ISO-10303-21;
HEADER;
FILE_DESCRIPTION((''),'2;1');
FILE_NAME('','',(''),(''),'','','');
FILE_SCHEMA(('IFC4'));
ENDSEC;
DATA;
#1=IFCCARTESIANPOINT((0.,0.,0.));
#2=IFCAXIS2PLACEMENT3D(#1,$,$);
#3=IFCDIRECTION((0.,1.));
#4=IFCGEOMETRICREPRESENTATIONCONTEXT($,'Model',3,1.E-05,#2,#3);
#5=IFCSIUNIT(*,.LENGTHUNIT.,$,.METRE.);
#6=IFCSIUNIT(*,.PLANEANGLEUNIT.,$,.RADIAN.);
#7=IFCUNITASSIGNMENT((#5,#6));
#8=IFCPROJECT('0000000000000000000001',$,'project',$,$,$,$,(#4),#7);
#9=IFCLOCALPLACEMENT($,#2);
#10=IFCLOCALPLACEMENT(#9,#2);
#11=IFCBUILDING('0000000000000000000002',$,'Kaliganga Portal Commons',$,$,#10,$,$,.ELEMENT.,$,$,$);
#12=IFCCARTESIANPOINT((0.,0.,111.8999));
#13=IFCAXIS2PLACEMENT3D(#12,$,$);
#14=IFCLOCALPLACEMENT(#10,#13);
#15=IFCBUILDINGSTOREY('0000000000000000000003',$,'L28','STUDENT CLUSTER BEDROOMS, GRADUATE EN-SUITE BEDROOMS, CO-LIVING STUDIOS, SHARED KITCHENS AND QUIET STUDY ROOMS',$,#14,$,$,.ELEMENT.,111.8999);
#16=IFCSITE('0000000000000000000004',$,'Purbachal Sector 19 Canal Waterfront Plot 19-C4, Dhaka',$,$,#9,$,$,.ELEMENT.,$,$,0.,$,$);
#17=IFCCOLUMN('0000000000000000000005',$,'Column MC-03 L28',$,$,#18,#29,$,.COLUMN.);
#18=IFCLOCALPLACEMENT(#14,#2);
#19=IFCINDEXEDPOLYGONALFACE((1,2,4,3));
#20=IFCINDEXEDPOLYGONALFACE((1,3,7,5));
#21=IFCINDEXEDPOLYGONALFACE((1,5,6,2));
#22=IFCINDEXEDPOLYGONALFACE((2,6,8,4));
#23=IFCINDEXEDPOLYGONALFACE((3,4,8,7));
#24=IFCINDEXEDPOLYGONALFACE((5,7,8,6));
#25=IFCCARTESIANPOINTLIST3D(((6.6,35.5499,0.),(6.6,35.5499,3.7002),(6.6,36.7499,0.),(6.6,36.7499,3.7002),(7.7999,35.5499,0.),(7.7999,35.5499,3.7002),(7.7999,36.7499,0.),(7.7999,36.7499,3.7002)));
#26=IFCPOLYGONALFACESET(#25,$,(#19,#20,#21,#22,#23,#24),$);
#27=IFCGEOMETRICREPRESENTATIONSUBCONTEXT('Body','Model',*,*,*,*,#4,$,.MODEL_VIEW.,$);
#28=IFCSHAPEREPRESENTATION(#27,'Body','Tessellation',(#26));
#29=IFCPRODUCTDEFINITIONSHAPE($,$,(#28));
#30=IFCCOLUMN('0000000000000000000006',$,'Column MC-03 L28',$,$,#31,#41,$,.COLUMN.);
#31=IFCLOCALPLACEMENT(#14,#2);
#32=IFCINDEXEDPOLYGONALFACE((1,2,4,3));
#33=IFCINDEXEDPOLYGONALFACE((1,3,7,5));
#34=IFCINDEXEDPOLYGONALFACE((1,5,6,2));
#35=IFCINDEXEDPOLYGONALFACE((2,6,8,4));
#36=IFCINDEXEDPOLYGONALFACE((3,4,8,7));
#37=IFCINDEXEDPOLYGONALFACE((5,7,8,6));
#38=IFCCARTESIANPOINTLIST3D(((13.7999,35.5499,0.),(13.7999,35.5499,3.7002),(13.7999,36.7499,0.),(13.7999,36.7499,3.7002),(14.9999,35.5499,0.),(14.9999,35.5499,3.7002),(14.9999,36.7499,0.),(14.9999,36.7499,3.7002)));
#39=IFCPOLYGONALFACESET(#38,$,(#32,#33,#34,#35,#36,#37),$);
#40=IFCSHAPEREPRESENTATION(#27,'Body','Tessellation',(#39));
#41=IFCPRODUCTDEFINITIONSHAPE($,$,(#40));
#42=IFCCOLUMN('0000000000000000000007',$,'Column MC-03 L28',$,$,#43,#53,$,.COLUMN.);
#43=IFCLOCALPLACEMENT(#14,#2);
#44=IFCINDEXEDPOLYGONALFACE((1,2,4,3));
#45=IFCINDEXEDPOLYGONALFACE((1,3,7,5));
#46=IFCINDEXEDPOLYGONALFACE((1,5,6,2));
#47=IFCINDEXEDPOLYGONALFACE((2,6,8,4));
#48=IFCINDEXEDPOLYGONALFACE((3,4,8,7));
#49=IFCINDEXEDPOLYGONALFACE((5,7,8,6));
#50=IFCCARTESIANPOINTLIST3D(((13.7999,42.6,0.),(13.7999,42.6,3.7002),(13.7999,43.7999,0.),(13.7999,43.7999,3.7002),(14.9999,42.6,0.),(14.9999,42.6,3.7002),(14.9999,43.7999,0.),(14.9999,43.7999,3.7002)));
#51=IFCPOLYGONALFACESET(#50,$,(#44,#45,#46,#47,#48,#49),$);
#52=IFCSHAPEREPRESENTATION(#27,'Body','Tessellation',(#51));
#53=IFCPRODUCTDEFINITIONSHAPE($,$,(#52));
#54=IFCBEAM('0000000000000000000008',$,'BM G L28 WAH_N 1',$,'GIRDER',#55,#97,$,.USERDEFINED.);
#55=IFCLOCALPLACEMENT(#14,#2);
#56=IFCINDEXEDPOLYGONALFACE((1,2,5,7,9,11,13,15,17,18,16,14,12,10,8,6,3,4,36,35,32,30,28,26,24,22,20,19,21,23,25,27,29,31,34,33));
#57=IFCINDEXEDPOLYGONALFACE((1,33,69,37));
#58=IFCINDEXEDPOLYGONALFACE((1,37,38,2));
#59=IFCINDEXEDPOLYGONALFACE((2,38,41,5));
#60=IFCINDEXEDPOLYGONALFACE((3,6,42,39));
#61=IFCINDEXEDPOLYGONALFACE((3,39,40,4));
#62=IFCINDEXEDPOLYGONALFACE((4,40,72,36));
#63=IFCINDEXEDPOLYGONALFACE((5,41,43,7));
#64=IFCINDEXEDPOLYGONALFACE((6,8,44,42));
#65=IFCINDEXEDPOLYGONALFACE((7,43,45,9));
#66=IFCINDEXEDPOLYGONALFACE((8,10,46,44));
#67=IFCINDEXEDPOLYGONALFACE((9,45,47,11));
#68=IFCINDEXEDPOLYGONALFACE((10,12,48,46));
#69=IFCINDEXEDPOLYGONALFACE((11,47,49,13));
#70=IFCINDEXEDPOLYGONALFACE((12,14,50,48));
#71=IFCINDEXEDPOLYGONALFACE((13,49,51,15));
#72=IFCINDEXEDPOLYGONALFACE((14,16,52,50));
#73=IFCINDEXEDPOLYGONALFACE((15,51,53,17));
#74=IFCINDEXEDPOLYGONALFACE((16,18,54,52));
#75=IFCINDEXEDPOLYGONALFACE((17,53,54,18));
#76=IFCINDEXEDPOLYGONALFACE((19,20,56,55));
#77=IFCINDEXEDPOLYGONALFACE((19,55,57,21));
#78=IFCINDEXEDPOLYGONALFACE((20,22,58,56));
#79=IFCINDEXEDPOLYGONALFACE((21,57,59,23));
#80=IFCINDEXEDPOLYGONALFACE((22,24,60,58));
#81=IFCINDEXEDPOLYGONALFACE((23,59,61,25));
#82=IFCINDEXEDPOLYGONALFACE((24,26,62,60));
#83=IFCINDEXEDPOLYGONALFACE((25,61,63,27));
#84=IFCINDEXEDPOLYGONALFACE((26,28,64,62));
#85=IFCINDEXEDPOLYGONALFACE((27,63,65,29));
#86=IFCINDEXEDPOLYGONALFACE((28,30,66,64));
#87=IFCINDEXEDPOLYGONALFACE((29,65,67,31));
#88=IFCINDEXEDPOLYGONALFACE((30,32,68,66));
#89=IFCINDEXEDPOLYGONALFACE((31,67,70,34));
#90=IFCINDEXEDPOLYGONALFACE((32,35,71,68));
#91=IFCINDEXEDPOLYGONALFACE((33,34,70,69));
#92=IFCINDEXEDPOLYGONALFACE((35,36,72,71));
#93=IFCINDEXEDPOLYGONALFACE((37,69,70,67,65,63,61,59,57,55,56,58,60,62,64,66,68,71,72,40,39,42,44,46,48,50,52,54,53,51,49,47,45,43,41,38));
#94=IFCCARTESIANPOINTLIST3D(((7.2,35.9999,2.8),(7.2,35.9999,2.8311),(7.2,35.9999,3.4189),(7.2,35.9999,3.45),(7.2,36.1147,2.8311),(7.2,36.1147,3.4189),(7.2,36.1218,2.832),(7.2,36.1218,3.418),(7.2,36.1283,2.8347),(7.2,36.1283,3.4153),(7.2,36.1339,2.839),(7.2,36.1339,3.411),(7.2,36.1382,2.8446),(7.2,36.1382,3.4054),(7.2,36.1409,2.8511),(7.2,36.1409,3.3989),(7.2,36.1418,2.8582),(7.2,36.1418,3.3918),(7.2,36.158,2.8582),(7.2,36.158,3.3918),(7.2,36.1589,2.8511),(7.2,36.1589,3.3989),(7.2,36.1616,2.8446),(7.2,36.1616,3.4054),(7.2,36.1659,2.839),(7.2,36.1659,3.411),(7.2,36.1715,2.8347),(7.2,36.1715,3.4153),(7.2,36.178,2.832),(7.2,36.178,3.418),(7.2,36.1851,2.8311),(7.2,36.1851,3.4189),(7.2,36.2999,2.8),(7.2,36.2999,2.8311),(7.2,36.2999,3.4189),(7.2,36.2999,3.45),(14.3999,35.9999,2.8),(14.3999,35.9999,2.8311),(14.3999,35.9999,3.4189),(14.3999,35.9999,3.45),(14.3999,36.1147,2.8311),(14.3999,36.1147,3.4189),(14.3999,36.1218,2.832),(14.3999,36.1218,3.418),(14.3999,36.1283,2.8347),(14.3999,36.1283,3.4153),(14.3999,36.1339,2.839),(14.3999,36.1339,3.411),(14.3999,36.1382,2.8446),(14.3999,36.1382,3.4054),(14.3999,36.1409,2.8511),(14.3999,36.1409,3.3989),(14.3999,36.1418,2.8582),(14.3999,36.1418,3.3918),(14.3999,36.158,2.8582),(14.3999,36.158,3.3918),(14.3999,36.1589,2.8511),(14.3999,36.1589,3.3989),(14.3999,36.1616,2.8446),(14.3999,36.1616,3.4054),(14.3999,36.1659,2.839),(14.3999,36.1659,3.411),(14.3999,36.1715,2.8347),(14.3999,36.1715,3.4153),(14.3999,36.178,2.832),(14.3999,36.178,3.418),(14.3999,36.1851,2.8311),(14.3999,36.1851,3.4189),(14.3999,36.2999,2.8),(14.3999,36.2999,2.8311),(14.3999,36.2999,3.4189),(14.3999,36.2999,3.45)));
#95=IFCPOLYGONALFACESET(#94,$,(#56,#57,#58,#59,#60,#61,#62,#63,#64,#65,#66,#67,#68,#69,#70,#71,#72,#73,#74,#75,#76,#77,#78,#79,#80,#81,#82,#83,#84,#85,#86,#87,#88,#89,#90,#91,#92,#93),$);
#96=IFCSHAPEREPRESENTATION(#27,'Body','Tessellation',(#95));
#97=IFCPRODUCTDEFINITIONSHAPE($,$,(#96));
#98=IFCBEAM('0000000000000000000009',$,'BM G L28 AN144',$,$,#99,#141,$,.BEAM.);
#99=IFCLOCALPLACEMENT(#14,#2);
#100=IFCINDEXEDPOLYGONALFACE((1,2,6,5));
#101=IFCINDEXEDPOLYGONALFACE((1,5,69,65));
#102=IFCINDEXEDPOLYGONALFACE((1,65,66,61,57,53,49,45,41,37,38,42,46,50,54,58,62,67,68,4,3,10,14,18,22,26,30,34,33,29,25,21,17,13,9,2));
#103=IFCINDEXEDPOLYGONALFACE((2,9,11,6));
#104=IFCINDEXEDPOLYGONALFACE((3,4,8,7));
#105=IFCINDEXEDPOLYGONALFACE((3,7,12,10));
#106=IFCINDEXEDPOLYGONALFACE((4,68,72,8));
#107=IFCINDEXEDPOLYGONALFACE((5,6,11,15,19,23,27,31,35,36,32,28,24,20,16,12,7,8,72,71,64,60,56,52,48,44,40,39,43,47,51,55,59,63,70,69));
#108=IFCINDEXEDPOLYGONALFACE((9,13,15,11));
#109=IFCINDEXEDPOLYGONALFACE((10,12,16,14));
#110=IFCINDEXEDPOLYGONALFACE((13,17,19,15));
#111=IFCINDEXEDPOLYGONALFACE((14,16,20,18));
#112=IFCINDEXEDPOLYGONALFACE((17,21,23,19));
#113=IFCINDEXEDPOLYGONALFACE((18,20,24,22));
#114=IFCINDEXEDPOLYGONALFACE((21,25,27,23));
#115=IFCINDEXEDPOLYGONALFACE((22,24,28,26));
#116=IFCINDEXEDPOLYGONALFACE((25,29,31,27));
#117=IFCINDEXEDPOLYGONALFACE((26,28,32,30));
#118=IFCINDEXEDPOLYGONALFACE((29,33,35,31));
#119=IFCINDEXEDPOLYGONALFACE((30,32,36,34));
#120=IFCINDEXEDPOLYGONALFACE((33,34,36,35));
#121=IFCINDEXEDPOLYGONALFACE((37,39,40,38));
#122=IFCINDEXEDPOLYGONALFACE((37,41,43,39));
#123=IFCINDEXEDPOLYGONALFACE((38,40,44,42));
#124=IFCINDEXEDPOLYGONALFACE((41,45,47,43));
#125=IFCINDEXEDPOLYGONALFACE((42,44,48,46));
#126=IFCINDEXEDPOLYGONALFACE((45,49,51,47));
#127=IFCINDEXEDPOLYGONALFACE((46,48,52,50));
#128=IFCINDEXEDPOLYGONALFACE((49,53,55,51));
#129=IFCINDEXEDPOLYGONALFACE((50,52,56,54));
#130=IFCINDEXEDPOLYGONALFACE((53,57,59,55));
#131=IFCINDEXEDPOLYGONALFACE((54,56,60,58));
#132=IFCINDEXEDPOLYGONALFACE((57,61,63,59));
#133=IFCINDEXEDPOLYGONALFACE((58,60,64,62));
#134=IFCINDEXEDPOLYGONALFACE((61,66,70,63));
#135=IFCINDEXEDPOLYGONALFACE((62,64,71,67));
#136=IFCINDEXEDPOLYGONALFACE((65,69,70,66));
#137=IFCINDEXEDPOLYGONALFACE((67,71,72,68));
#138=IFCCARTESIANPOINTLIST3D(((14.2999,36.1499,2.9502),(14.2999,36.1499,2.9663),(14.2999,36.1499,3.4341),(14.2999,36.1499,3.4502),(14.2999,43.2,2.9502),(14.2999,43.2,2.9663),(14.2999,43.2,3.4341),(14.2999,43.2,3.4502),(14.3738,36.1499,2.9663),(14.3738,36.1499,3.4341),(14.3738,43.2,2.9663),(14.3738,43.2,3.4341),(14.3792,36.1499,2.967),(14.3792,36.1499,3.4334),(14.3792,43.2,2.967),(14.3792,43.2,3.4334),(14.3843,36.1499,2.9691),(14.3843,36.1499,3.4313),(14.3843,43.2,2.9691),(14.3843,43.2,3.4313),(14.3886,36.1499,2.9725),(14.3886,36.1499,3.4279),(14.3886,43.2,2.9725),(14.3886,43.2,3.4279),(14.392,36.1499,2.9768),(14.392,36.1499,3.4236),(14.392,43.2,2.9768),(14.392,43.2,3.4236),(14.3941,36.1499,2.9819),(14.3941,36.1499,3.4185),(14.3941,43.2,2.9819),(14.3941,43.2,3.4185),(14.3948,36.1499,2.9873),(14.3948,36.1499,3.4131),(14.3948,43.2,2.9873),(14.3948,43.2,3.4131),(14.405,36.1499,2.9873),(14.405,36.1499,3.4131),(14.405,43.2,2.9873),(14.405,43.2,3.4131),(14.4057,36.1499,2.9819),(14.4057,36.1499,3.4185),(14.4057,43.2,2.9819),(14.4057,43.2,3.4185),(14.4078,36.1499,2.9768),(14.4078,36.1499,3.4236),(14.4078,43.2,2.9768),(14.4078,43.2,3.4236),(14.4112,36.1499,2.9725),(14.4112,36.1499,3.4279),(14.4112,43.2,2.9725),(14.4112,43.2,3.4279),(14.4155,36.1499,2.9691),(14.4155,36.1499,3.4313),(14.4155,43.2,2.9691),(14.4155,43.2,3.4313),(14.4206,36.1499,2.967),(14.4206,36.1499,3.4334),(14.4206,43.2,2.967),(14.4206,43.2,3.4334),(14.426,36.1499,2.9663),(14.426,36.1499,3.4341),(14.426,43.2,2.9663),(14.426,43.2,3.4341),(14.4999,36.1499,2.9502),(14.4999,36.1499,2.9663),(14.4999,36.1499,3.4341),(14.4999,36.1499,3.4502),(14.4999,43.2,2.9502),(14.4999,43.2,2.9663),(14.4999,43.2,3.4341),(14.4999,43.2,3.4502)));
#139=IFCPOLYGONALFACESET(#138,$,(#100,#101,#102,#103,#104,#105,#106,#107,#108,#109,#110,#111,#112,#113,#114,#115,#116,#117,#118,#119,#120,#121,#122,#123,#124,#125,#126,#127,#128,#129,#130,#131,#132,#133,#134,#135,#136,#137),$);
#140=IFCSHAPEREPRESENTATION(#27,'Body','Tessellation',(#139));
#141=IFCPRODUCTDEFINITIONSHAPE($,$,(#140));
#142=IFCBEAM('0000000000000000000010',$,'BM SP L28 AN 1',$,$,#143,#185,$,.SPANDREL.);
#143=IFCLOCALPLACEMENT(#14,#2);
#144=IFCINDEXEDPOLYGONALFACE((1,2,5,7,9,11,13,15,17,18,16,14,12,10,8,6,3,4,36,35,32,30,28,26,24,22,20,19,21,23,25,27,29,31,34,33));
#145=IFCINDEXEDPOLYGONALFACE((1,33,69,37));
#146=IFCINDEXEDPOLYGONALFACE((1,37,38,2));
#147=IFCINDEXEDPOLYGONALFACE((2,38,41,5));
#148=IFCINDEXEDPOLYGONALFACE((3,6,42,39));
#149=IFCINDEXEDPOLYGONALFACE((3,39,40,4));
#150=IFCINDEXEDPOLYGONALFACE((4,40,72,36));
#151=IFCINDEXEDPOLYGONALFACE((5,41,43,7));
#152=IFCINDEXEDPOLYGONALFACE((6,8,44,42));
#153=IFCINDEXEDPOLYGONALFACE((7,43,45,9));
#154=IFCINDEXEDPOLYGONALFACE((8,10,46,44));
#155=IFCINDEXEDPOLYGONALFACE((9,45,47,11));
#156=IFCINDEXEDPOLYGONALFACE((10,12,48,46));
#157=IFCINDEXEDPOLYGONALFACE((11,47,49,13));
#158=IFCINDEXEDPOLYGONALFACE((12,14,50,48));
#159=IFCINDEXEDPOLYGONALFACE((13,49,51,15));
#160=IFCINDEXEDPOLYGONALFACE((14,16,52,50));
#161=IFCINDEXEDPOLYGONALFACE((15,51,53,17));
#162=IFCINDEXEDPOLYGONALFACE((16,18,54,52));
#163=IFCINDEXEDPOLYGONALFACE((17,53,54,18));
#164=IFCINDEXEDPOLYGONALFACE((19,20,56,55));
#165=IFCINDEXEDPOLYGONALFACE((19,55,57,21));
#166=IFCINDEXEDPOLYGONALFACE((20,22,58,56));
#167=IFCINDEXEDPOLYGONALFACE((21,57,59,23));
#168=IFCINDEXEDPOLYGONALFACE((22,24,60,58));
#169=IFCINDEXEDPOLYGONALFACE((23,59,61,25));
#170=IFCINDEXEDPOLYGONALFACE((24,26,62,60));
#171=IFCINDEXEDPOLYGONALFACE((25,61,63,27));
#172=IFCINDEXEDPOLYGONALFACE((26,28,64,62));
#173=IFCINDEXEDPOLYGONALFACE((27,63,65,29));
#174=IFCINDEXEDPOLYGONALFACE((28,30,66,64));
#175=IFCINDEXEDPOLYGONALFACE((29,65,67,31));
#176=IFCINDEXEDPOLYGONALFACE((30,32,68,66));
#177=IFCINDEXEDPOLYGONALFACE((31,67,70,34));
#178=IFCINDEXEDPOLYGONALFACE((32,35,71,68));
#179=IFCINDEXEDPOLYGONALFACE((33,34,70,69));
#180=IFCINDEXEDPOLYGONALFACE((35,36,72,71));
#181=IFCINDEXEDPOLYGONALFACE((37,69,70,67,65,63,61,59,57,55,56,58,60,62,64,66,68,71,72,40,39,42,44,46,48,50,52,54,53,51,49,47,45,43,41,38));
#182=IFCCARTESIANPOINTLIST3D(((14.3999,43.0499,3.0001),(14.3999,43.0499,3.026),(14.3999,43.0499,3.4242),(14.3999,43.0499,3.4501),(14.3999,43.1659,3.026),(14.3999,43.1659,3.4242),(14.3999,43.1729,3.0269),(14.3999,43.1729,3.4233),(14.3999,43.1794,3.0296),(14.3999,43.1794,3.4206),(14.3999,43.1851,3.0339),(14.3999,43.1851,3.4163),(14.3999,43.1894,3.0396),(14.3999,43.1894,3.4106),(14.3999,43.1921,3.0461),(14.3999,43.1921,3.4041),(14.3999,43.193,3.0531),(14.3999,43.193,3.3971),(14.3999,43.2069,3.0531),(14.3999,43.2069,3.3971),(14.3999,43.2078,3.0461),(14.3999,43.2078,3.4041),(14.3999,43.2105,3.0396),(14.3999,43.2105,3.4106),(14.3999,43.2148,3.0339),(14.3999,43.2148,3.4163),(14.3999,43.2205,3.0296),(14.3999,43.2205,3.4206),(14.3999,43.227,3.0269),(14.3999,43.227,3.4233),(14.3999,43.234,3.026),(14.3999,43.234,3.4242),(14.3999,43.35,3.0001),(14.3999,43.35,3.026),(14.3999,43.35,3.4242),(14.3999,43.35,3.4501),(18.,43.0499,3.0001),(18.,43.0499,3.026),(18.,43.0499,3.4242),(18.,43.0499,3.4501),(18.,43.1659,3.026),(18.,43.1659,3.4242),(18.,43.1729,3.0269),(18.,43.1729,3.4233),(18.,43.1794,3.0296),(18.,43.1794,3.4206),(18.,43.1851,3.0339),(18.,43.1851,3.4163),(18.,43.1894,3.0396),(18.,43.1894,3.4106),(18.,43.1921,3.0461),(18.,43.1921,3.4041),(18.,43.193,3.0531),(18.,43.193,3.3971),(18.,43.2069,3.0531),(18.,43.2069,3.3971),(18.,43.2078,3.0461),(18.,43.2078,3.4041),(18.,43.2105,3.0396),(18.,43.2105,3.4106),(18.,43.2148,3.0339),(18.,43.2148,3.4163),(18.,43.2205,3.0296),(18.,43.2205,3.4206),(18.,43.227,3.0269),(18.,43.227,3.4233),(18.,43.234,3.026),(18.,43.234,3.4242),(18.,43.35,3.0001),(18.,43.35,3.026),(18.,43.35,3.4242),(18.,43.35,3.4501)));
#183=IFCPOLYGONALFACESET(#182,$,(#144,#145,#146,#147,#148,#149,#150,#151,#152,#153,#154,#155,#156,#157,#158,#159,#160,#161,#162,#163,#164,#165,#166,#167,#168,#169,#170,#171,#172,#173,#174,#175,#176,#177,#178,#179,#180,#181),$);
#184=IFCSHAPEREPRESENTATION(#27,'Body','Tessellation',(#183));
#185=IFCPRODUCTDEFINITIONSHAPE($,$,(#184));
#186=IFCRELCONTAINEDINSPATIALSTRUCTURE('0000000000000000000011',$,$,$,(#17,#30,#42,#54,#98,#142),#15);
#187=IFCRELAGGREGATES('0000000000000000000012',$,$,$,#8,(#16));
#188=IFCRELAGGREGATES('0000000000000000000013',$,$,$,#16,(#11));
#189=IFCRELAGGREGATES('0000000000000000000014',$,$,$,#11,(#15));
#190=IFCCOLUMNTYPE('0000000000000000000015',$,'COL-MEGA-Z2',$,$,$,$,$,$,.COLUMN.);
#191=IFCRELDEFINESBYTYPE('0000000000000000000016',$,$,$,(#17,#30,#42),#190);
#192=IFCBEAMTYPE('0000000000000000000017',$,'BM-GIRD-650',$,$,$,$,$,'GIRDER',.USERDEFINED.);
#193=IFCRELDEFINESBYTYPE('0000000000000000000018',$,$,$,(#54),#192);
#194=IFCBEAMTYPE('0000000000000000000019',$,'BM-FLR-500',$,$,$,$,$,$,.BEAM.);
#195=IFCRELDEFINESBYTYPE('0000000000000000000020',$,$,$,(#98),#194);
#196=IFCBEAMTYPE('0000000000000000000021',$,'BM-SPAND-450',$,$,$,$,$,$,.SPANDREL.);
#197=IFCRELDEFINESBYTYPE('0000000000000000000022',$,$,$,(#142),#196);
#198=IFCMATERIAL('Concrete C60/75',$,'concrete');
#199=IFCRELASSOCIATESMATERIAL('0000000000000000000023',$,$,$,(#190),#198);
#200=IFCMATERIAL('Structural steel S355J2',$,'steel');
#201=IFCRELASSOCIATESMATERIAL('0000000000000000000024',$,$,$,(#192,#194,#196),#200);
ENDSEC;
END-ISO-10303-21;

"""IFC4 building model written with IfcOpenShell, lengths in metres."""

from ifc_helpers import new_model, si_unit, direction, frame, origin, origin_2d, place, context, subcontext, project, spatial, rectangle, i_section, extrude, source, transform, mapped, material, material_profile, profile_set, type_object, element, save


model = new_model("IFC4")

# Units and contexts
model_context = context("Model", 3, precision=1e-05, world=origin(), true_north=direction((0.0, 1.0)))
body_context = subcontext(model_context, "Body", "Model", "MODEL_VIEW")
ifc_project = project(units=[si_unit("LENGTHUNIT", "METRE"), si_unit("PLANEANGLEUNIT", "RADIAN")], contexts=[model_context])

# Site, building, storey
site_placement = place(None, origin())
site = spatial("IfcSite", under=ifc_project, at=site_placement, Name="Purbachal Sector 19 Canal Waterfront Plot 19-C4, Dhaka", CompositionType="ELEMENT", RefElevation=0.0)
building_placement = place(site_placement, origin())
building = spatial("IfcBuilding", under=site, at=building_placement, Name="Kaliganga Portal Commons", CompositionType="ELEMENT")
storey_placement = place(building_placement, frame((0.0, 0.0, 111.8999)))
storey = spatial("IfcBuildingStorey", under=building, at=storey_placement, Name="L28", Description="STUDENT CLUSTER BEDROOMS, GRADUATE EN-SUITE BEDROOMS, CO-LIVING STUDIOS, SHARED KITCHENS AND QUIET STUDY ROOMS", CompositionType="ELEMENT", Elevation=111.8999)

# Columns
ifc_material_1 = material(Name="Concrete C60/75", Category="concrete")
ifc_material_profile_1 = material_profile(ifc_material_1, rectangle(XDim=1.2, YDim=1.2, at=origin_2d()), Name="RC 1200x1200")
ifc_profile_set_1 = profile_set([ifc_material_profile_1], Name="Concrete C60/75")
column_type = type_object("IfcColumnType", Name="COL-MEGA-Z2", PredefinedType="COLUMN", material=ifc_profile_set_1)
shared_shape_1 = source(origin(), body_context, "Body", "SweptSolid", [
    extrude(rectangle(XDim=1.2, YDim=1.2, at=origin_2d()), origin(), (0.0, 0.0, 1.0), 3.7002),
])
for number, where, z_axis, x_axis, name in (
    (1, (7.2, 36.1499, 0.0), (0.0, 0.0, 1.0), (1.0, 0.0, 0.0), "Column MC-03 L28"),
    (2, (14.3999, 36.1499, 0.0), (0.0, 0.0, 1.0), (1.0, 0.0, 0.0), "Column MC-03 L28"),
    (3, (14.3999, 43.2, 0.0), (0.0, 0.0, 1.0), (1.0, 0.0, 0.0), "Column MC-03 L28"),
):
    element("IfcColumn", number, at=place(storey_placement, frame(where, z_axis=z_axis, x_axis=x_axis)), inside=storey, type_object=column_type, Name=name, PredefinedType="COLUMN", context=body_context, shape_type="MappedRepresentation", body=[
        mapped(shared_shape_1, transform((0.0, 0.0, 0.0), x_axis=(1.0, 0.0, 0.0), y_axis=(0.0, 1.0, 0.0), z_axis=(0.0, 0.0, 1.0), scale=1.0)),
    ])

# Beams
ifc_material_2 = material(Name="Structural steel S355J2", Category="steel")
ifc_material_profile_2 = material_profile(ifc_material_2, i_section(OverallWidth=0.3, OverallDepth=0.6499, WebThickness=0.0161, FlangeThickness=0.031, FilletRadius=0.0271, at=origin_2d()), Name="HE 650 B")
ifc_profile_set_2 = profile_set([ifc_material_profile_2], Name="Structural steel S355J2 wide-flange")
beam_type_1 = type_object("IfcBeamType", Name="BM-GIRD-650", ElementType="GIRDER", PredefinedType="USERDEFINED", material=ifc_profile_set_2)
shared_shape_2 = source(origin(), body_context, "Body", "SweptSolid", [
    extrude(i_section(OverallWidth=0.3, OverallDepth=0.6499, WebThickness=0.0161, FlangeThickness=0.031, FilletRadius=0.0271, at=origin_2d()), origin(), (0.0, 0.0, 1.0), 7.2),
])
beam_1_placement = place(storey_placement, frame((7.2, 36.1499, 3.125), z_axis=(1.0, 0.0, 0.0), x_axis=(0.0, 1.0, 0.0)))
element("IfcBeam", 4, at=beam_1_placement, inside=storey, type_object=beam_type_1, Name="BM G L28 WAH_N 1", ObjectType="GIRDER", PredefinedType="USERDEFINED", context=body_context, shape_type="MappedRepresentation", body=[
    mapped(shared_shape_2, transform((0.0, 0.0, 0.0), x_axis=(1.0, 0.0, 0.0), y_axis=(0.0, 1.0, 0.0), z_axis=(0.0, 0.0, 1.0), scale=1.0)),
])
ifc_material_profile_3 = material_profile(ifc_material_2, i_section(OverallWidth=0.2, OverallDepth=0.5, WebThickness=0.0103, FlangeThickness=0.0161, FilletRadius=0.021, at=origin_2d()), Name="IPE 500")
ifc_profile_set_3 = profile_set([ifc_material_profile_3], Name="Structural steel S355J2 wide-flange")
beam_type_2 = type_object("IfcBeamType", Name="BM-FLR-500", PredefinedType="BEAM", material=ifc_profile_set_3)
shared_shape_3 = source(origin(), body_context, "Body", "SweptSolid", [
    extrude(i_section(OverallWidth=0.2, OverallDepth=0.5, WebThickness=0.0103, FlangeThickness=0.0161, FilletRadius=0.021, at=origin_2d()), origin(), (0.0, 0.0, 1.0), 7.05),
])
beam_2_placement = place(storey_placement, frame((14.3999, 36.1499, 3.2002), z_axis=(0.0, 1.0, 0.0), x_axis=(-1.0, 0.0, 0.0)))
element("IfcBeam", 5, at=beam_2_placement, inside=storey, type_object=beam_type_2, Name="BM G L28 AN144", PredefinedType="BEAM", context=body_context, shape_type="MappedRepresentation", body=[
    mapped(shared_shape_3, transform((0.0, 0.0, 0.0), x_axis=(1.0, 0.0, 0.0), y_axis=(0.0, 1.0, 0.0), z_axis=(0.0, 0.0, 1.0), scale=1.0)),
])
ifc_material_profile_4 = material_profile(ifc_material_2, i_section(OverallWidth=0.3, OverallDepth=0.45, WebThickness=0.0139, FlangeThickness=0.0259, FilletRadius=0.0271, at=origin_2d()), Name="HE 450 B")
ifc_profile_set_4 = profile_set([ifc_material_profile_4], Name="Structural steel S355J2 wide-flange")
beam_type_3 = type_object("IfcBeamType", Name="BM-SPAND-450", PredefinedType="SPANDREL", material=ifc_profile_set_4)
shared_shape_4 = source(origin(), body_context, "Body", "SweptSolid", [
    extrude(i_section(OverallWidth=0.3, OverallDepth=0.45, WebThickness=0.0139, FlangeThickness=0.0259, FilletRadius=0.0271, at=origin_2d()), origin(), (0.0, 0.0, 1.0), 3.6001),
])
beam_3_placement = place(storey_placement, frame((14.3999, 43.2, 3.2251), z_axis=(1.0, 0.0, 0.0), x_axis=(0.0, 1.0, 0.0)))
element("IfcBeam", 6, at=beam_3_placement, inside=storey, type_object=beam_type_3, Name="BM SP L28 AN 1", PredefinedType="SPANDREL", context=body_context, shape_type="MappedRepresentation", body=[
    mapped(shared_shape_4, transform((0.0, 0.0, 0.0), x_axis=(1.0, 0.0, 0.0), y_axis=(0.0, 1.0, 0.0), z_axis=(0.0, 0.0, 1.0), scale=1.0)),
])

save(model, "model.ifc")
